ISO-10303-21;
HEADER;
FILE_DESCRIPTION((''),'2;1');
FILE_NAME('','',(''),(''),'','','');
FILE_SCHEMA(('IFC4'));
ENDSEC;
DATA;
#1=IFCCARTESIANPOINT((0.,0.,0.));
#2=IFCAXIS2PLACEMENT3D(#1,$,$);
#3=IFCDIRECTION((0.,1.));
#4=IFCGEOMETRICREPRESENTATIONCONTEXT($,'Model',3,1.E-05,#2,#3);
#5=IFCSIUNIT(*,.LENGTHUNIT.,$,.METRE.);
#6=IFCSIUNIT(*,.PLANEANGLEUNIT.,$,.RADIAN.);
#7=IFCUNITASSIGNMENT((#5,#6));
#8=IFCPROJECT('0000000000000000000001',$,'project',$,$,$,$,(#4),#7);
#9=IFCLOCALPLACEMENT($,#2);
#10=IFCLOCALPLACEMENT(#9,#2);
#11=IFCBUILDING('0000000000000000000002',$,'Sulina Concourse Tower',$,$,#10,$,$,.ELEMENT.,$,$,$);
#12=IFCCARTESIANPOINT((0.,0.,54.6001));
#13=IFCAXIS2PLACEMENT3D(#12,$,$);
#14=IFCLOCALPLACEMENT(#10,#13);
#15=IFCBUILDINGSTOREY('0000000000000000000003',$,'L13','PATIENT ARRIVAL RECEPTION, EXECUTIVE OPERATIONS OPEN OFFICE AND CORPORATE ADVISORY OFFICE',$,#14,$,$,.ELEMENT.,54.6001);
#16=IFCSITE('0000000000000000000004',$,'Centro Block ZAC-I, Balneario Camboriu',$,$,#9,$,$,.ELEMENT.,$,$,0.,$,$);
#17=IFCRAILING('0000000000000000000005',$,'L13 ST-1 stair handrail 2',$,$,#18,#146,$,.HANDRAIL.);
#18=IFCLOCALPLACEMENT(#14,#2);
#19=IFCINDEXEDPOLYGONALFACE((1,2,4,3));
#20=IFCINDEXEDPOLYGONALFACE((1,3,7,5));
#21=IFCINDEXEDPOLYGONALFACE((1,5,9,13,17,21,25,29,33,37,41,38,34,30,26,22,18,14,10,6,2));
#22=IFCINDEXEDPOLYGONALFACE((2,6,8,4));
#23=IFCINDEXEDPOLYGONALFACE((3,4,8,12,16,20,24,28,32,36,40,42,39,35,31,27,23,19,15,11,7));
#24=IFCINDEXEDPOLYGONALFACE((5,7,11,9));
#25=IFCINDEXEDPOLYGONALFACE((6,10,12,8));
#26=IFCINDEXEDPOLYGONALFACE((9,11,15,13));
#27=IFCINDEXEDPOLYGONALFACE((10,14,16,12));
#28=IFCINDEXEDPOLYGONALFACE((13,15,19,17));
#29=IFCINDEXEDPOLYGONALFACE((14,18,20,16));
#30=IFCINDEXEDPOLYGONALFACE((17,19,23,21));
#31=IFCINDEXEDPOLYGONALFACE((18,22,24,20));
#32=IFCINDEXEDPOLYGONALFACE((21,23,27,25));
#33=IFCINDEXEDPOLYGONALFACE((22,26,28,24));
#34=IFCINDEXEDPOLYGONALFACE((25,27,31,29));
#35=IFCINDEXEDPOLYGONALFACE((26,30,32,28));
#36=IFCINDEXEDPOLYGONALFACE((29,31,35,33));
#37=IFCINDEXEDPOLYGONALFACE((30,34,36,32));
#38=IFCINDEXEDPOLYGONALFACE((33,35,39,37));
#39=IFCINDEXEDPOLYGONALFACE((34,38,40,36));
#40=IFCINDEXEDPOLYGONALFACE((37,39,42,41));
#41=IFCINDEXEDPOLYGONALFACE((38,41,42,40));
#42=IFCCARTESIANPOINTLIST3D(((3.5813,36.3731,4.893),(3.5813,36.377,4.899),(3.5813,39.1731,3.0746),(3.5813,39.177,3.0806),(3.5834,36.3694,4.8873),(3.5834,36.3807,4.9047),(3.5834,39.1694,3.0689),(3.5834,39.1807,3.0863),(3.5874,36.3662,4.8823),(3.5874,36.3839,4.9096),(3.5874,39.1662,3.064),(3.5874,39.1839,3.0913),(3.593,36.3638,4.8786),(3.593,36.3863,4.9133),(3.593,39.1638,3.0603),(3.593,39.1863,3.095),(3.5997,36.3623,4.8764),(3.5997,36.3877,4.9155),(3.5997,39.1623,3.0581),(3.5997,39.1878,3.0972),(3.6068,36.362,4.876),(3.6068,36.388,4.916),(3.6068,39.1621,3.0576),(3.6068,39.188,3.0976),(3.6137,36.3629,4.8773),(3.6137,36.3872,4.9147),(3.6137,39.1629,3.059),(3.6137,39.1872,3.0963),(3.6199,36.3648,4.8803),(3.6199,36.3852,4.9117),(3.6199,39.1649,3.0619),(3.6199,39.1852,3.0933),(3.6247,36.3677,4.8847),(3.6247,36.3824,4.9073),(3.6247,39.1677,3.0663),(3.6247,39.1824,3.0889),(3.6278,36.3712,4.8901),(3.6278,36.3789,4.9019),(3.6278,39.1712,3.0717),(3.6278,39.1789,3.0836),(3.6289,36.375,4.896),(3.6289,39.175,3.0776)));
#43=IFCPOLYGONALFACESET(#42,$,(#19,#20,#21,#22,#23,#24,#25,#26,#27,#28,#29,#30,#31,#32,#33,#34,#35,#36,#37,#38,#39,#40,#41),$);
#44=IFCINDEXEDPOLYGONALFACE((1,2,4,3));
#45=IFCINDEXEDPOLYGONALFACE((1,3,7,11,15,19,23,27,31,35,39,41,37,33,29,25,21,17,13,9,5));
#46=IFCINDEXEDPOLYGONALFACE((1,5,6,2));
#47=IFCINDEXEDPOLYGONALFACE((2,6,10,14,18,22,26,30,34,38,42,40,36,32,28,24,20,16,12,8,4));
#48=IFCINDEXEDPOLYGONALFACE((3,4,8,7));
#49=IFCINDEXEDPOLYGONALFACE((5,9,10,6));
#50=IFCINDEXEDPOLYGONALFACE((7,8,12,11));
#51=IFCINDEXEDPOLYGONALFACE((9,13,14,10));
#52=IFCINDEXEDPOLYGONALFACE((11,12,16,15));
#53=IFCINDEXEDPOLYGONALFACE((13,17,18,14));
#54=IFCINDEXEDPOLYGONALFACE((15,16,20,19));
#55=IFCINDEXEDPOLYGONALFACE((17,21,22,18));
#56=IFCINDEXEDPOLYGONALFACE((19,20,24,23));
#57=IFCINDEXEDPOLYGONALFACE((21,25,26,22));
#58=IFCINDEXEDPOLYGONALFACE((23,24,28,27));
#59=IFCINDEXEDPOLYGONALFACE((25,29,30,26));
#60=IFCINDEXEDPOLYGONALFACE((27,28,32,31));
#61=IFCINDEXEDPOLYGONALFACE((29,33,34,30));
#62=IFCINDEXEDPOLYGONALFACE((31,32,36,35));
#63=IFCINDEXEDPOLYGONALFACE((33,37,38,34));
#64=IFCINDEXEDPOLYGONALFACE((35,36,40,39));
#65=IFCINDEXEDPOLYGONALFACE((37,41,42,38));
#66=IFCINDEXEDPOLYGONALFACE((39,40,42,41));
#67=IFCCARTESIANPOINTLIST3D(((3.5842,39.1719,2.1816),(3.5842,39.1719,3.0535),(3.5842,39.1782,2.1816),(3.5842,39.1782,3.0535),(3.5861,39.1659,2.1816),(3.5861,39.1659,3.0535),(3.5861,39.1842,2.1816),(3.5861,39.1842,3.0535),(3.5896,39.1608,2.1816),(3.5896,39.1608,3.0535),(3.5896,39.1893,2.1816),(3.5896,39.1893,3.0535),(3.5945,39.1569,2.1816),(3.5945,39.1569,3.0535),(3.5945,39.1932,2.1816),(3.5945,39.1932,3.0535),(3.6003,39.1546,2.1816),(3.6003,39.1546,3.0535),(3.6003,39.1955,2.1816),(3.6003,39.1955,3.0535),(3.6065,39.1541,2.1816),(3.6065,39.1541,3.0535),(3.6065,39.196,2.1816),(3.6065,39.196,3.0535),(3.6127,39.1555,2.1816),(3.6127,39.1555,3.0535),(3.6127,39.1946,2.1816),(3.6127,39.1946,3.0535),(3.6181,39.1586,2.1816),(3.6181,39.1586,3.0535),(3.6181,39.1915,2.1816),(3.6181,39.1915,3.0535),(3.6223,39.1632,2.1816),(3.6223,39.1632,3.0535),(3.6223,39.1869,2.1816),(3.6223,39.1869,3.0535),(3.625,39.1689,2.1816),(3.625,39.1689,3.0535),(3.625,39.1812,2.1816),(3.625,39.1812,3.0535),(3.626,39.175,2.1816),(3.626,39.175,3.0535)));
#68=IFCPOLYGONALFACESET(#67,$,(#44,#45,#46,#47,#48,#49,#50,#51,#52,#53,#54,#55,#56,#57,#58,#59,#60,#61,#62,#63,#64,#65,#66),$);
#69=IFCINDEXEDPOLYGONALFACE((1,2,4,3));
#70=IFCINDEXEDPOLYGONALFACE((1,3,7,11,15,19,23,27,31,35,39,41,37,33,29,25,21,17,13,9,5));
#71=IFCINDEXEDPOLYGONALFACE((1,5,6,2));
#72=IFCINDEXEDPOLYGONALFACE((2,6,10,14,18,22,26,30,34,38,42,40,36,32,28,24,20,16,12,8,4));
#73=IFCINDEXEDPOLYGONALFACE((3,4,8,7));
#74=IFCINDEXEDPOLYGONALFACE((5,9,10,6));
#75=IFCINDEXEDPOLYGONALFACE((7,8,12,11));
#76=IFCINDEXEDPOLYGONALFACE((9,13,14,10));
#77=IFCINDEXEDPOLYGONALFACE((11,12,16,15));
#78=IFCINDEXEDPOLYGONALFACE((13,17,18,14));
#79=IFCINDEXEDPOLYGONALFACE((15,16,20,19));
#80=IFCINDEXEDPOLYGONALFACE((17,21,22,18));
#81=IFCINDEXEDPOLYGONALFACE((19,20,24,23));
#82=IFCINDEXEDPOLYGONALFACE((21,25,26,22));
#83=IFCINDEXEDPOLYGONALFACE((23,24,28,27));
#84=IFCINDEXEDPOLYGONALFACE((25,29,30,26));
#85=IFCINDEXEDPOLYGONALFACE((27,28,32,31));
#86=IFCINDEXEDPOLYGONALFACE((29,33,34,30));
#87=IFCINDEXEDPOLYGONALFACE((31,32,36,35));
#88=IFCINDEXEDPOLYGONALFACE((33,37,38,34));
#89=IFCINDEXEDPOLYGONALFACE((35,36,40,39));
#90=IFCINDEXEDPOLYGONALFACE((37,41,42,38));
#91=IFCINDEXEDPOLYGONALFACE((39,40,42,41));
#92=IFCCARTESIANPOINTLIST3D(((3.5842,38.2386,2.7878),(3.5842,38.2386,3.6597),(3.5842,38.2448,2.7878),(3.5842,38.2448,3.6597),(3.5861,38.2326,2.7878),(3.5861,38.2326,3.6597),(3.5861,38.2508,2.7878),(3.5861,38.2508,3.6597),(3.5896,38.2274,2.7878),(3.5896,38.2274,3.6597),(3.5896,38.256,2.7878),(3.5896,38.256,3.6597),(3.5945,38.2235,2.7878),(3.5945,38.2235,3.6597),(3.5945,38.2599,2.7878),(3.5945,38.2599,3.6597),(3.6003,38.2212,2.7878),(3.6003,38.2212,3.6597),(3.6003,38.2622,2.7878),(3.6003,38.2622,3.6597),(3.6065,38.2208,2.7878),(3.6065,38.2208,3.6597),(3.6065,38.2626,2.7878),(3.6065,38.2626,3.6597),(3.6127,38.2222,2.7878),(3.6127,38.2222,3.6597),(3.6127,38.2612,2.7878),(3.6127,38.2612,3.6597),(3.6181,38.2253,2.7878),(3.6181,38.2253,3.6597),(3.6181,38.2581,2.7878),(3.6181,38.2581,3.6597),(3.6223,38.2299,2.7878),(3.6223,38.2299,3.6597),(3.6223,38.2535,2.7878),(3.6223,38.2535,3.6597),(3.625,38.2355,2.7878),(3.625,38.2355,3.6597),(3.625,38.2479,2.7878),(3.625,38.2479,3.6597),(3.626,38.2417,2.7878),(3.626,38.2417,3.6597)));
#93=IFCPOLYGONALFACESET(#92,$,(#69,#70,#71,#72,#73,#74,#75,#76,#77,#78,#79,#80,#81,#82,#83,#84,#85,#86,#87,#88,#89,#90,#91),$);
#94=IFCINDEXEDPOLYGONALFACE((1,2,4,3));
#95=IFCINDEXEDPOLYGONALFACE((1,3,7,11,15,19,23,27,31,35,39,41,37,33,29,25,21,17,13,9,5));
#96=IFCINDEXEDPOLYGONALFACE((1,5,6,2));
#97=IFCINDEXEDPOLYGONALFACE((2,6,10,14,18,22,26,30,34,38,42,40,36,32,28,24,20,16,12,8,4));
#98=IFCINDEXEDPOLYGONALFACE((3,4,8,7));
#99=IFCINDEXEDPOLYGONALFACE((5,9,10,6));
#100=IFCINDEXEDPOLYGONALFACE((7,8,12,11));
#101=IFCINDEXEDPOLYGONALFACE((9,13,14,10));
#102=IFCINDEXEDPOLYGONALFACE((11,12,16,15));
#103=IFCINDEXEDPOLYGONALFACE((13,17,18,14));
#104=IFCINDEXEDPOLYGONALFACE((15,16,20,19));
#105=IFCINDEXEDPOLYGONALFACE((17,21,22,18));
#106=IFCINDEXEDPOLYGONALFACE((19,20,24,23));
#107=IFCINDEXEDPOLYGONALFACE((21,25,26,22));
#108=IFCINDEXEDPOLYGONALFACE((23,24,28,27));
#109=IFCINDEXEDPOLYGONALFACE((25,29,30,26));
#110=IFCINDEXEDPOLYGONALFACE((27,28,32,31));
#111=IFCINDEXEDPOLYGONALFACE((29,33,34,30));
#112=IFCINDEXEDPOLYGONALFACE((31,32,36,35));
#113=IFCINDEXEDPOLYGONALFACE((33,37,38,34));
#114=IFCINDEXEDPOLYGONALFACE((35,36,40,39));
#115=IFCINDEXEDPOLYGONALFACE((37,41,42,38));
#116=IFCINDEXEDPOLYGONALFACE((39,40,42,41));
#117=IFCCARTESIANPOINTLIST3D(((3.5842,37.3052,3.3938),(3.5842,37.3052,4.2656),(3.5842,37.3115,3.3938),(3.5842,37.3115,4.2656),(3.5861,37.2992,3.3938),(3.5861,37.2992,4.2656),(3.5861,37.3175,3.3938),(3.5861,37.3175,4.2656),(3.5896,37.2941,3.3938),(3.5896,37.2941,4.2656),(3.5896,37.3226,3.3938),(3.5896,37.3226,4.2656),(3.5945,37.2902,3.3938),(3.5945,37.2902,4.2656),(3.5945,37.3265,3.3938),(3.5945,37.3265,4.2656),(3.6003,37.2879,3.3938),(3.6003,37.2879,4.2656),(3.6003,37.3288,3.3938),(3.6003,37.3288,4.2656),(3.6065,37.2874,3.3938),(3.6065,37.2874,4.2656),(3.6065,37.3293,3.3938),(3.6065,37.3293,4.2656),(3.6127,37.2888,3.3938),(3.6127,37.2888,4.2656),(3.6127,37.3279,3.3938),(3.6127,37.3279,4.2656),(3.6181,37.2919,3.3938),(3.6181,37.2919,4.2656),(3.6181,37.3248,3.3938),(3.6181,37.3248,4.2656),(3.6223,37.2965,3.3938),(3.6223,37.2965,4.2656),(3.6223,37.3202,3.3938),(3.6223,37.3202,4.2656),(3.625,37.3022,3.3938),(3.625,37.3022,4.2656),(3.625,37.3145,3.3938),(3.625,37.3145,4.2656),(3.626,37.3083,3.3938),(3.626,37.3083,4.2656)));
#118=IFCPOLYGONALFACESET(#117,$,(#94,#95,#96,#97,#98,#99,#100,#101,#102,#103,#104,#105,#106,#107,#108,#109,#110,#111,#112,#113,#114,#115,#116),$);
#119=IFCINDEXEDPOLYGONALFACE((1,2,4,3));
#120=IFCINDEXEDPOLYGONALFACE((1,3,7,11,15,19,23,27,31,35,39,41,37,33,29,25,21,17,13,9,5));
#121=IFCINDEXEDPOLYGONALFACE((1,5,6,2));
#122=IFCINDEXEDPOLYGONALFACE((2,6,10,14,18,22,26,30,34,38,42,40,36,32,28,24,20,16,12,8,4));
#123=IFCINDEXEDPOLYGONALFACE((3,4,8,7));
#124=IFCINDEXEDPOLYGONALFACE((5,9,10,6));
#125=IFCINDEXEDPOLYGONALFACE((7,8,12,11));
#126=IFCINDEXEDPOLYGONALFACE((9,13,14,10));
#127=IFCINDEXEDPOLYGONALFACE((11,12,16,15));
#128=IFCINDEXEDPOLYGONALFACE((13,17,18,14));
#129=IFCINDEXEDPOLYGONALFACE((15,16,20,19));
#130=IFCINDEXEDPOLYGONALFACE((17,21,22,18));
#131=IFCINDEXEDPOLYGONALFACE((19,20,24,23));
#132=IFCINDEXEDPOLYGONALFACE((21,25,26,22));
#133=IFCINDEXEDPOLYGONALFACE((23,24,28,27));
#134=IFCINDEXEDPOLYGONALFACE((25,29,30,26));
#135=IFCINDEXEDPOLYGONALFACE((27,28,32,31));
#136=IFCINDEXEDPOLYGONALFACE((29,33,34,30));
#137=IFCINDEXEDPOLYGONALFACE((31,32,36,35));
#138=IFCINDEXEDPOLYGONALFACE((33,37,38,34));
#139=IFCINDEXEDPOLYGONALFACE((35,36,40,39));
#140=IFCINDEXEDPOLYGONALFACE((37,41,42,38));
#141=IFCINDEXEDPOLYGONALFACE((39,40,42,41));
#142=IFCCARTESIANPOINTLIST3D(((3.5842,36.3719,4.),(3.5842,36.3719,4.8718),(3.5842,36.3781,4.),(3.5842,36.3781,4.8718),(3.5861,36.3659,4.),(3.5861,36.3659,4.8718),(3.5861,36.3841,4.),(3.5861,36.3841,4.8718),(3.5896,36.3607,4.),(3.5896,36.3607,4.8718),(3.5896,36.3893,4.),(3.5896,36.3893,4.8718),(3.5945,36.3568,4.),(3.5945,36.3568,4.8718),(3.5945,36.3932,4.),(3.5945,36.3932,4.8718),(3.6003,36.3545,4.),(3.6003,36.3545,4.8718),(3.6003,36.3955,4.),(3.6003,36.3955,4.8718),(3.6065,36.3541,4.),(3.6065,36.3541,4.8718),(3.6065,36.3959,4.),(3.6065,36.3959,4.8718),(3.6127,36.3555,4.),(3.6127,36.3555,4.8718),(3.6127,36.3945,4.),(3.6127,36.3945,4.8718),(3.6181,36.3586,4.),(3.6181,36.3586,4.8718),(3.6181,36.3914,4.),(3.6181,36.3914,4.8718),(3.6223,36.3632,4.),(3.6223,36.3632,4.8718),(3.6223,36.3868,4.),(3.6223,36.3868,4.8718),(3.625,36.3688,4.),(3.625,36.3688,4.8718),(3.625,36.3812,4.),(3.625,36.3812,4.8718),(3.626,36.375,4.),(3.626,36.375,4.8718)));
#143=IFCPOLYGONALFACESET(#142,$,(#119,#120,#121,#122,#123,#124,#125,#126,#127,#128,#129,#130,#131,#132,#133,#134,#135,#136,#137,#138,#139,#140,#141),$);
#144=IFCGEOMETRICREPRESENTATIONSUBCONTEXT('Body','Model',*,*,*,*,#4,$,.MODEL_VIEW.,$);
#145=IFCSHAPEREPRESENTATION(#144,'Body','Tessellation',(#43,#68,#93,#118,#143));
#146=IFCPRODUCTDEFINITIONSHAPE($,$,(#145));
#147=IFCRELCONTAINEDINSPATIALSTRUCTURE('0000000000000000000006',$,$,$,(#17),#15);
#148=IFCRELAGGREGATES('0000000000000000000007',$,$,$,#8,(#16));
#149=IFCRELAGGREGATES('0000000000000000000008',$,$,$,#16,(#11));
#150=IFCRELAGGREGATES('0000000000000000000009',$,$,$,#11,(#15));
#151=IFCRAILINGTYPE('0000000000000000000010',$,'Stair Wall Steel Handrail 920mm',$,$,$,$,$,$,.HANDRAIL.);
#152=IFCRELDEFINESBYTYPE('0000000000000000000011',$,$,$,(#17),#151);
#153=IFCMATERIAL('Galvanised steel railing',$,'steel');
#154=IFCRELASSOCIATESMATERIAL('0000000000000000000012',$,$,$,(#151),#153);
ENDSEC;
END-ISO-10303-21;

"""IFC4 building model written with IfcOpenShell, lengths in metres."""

from ifc_helpers import new_model, si_unit, direction, frame, origin, origin_2d, place, context, subcontext, project, spatial, circle, extrude, material, type_object, element, save


model = new_model("IFC4")

# Units and contexts
model_context = context("Model", 3, precision=1e-05, world=origin(), true_north=direction((0.0, 1.0)))
body_context = subcontext(model_context, "Body", "Model", "MODEL_VIEW")
ifc_project = project(units=[si_unit("LENGTHUNIT", "METRE"), si_unit("PLANEANGLEUNIT", "RADIAN")], contexts=[model_context])

# Site, building, storey
site_placement = place(None, origin())
site = spatial("IfcSite", under=ifc_project, at=site_placement, Name="Centro Block ZAC-I, Balneario Camboriu", CompositionType="ELEMENT", RefElevation=0.0)
building_placement = place(site_placement, origin())
building = spatial("IfcBuilding", under=site, at=building_placement, Name="Sulina Concourse Tower", CompositionType="ELEMENT")
storey_placement = place(building_placement, frame((0.0, 0.0, 54.6001)))
storey = spatial("IfcBuildingStorey", under=building, at=storey_placement, Name="L13", Description="PATIENT ARRIVAL RECEPTION, EXECUTIVE OPERATIONS OPEN OFFICE AND CORPORATE ADVISORY OFFICE", CompositionType="ELEMENT", Elevation=54.6001)

# Railing
ifc_material_1 = material(Name="Galvanised steel railing", Category="steel")
railing_type_1 = type_object("IfcRailingType", Name="Stair Wall Steel Handrail 920mm", PredefinedType="HANDRAIL", material=ifc_material_1)
railing_1_placement = place(storey_placement, frame((3.605, 39.175, 2.1816)))
element("IfcRailing", 1, at=railing_1_placement, inside=storey, type_object=railing_type_1, Name="L13 ST-1 stair handrail 2", PredefinedType="HANDRAIL", context=body_context, shape_type="SweptSolid", body=[
    extrude(circle(Radius=0.0239, at=origin_2d()), frame((0.0, 0.0, 0.896), z_axis=(0.0, -0.838672, 0.544636), x_axis=(1.0, 0.0, 0.0)), (0.0, 0.0, 1.0), 3.3386),
    extrude(circle(Radius=0.021, at=origin_2d()), origin(), (0.0, 0.0, 1.0), 0.8718),
    extrude(circle(Radius=0.021, at=origin_2d()), frame((0.0, -0.9333, 0.6062)), (0.0, 0.0, 1.0), 0.8718),
    extrude(circle(Radius=0.021, at=origin_2d()), frame((0.0, -1.8667, 1.2122)), (0.0, 0.0, 1.0), 0.8718),
    extrude(circle(Radius=0.021, at=origin_2d()), frame((0.0, -2.8, 1.8184)), (0.0, 0.0, 1.0), 0.8718),
])

save(model, "model.ifc")
